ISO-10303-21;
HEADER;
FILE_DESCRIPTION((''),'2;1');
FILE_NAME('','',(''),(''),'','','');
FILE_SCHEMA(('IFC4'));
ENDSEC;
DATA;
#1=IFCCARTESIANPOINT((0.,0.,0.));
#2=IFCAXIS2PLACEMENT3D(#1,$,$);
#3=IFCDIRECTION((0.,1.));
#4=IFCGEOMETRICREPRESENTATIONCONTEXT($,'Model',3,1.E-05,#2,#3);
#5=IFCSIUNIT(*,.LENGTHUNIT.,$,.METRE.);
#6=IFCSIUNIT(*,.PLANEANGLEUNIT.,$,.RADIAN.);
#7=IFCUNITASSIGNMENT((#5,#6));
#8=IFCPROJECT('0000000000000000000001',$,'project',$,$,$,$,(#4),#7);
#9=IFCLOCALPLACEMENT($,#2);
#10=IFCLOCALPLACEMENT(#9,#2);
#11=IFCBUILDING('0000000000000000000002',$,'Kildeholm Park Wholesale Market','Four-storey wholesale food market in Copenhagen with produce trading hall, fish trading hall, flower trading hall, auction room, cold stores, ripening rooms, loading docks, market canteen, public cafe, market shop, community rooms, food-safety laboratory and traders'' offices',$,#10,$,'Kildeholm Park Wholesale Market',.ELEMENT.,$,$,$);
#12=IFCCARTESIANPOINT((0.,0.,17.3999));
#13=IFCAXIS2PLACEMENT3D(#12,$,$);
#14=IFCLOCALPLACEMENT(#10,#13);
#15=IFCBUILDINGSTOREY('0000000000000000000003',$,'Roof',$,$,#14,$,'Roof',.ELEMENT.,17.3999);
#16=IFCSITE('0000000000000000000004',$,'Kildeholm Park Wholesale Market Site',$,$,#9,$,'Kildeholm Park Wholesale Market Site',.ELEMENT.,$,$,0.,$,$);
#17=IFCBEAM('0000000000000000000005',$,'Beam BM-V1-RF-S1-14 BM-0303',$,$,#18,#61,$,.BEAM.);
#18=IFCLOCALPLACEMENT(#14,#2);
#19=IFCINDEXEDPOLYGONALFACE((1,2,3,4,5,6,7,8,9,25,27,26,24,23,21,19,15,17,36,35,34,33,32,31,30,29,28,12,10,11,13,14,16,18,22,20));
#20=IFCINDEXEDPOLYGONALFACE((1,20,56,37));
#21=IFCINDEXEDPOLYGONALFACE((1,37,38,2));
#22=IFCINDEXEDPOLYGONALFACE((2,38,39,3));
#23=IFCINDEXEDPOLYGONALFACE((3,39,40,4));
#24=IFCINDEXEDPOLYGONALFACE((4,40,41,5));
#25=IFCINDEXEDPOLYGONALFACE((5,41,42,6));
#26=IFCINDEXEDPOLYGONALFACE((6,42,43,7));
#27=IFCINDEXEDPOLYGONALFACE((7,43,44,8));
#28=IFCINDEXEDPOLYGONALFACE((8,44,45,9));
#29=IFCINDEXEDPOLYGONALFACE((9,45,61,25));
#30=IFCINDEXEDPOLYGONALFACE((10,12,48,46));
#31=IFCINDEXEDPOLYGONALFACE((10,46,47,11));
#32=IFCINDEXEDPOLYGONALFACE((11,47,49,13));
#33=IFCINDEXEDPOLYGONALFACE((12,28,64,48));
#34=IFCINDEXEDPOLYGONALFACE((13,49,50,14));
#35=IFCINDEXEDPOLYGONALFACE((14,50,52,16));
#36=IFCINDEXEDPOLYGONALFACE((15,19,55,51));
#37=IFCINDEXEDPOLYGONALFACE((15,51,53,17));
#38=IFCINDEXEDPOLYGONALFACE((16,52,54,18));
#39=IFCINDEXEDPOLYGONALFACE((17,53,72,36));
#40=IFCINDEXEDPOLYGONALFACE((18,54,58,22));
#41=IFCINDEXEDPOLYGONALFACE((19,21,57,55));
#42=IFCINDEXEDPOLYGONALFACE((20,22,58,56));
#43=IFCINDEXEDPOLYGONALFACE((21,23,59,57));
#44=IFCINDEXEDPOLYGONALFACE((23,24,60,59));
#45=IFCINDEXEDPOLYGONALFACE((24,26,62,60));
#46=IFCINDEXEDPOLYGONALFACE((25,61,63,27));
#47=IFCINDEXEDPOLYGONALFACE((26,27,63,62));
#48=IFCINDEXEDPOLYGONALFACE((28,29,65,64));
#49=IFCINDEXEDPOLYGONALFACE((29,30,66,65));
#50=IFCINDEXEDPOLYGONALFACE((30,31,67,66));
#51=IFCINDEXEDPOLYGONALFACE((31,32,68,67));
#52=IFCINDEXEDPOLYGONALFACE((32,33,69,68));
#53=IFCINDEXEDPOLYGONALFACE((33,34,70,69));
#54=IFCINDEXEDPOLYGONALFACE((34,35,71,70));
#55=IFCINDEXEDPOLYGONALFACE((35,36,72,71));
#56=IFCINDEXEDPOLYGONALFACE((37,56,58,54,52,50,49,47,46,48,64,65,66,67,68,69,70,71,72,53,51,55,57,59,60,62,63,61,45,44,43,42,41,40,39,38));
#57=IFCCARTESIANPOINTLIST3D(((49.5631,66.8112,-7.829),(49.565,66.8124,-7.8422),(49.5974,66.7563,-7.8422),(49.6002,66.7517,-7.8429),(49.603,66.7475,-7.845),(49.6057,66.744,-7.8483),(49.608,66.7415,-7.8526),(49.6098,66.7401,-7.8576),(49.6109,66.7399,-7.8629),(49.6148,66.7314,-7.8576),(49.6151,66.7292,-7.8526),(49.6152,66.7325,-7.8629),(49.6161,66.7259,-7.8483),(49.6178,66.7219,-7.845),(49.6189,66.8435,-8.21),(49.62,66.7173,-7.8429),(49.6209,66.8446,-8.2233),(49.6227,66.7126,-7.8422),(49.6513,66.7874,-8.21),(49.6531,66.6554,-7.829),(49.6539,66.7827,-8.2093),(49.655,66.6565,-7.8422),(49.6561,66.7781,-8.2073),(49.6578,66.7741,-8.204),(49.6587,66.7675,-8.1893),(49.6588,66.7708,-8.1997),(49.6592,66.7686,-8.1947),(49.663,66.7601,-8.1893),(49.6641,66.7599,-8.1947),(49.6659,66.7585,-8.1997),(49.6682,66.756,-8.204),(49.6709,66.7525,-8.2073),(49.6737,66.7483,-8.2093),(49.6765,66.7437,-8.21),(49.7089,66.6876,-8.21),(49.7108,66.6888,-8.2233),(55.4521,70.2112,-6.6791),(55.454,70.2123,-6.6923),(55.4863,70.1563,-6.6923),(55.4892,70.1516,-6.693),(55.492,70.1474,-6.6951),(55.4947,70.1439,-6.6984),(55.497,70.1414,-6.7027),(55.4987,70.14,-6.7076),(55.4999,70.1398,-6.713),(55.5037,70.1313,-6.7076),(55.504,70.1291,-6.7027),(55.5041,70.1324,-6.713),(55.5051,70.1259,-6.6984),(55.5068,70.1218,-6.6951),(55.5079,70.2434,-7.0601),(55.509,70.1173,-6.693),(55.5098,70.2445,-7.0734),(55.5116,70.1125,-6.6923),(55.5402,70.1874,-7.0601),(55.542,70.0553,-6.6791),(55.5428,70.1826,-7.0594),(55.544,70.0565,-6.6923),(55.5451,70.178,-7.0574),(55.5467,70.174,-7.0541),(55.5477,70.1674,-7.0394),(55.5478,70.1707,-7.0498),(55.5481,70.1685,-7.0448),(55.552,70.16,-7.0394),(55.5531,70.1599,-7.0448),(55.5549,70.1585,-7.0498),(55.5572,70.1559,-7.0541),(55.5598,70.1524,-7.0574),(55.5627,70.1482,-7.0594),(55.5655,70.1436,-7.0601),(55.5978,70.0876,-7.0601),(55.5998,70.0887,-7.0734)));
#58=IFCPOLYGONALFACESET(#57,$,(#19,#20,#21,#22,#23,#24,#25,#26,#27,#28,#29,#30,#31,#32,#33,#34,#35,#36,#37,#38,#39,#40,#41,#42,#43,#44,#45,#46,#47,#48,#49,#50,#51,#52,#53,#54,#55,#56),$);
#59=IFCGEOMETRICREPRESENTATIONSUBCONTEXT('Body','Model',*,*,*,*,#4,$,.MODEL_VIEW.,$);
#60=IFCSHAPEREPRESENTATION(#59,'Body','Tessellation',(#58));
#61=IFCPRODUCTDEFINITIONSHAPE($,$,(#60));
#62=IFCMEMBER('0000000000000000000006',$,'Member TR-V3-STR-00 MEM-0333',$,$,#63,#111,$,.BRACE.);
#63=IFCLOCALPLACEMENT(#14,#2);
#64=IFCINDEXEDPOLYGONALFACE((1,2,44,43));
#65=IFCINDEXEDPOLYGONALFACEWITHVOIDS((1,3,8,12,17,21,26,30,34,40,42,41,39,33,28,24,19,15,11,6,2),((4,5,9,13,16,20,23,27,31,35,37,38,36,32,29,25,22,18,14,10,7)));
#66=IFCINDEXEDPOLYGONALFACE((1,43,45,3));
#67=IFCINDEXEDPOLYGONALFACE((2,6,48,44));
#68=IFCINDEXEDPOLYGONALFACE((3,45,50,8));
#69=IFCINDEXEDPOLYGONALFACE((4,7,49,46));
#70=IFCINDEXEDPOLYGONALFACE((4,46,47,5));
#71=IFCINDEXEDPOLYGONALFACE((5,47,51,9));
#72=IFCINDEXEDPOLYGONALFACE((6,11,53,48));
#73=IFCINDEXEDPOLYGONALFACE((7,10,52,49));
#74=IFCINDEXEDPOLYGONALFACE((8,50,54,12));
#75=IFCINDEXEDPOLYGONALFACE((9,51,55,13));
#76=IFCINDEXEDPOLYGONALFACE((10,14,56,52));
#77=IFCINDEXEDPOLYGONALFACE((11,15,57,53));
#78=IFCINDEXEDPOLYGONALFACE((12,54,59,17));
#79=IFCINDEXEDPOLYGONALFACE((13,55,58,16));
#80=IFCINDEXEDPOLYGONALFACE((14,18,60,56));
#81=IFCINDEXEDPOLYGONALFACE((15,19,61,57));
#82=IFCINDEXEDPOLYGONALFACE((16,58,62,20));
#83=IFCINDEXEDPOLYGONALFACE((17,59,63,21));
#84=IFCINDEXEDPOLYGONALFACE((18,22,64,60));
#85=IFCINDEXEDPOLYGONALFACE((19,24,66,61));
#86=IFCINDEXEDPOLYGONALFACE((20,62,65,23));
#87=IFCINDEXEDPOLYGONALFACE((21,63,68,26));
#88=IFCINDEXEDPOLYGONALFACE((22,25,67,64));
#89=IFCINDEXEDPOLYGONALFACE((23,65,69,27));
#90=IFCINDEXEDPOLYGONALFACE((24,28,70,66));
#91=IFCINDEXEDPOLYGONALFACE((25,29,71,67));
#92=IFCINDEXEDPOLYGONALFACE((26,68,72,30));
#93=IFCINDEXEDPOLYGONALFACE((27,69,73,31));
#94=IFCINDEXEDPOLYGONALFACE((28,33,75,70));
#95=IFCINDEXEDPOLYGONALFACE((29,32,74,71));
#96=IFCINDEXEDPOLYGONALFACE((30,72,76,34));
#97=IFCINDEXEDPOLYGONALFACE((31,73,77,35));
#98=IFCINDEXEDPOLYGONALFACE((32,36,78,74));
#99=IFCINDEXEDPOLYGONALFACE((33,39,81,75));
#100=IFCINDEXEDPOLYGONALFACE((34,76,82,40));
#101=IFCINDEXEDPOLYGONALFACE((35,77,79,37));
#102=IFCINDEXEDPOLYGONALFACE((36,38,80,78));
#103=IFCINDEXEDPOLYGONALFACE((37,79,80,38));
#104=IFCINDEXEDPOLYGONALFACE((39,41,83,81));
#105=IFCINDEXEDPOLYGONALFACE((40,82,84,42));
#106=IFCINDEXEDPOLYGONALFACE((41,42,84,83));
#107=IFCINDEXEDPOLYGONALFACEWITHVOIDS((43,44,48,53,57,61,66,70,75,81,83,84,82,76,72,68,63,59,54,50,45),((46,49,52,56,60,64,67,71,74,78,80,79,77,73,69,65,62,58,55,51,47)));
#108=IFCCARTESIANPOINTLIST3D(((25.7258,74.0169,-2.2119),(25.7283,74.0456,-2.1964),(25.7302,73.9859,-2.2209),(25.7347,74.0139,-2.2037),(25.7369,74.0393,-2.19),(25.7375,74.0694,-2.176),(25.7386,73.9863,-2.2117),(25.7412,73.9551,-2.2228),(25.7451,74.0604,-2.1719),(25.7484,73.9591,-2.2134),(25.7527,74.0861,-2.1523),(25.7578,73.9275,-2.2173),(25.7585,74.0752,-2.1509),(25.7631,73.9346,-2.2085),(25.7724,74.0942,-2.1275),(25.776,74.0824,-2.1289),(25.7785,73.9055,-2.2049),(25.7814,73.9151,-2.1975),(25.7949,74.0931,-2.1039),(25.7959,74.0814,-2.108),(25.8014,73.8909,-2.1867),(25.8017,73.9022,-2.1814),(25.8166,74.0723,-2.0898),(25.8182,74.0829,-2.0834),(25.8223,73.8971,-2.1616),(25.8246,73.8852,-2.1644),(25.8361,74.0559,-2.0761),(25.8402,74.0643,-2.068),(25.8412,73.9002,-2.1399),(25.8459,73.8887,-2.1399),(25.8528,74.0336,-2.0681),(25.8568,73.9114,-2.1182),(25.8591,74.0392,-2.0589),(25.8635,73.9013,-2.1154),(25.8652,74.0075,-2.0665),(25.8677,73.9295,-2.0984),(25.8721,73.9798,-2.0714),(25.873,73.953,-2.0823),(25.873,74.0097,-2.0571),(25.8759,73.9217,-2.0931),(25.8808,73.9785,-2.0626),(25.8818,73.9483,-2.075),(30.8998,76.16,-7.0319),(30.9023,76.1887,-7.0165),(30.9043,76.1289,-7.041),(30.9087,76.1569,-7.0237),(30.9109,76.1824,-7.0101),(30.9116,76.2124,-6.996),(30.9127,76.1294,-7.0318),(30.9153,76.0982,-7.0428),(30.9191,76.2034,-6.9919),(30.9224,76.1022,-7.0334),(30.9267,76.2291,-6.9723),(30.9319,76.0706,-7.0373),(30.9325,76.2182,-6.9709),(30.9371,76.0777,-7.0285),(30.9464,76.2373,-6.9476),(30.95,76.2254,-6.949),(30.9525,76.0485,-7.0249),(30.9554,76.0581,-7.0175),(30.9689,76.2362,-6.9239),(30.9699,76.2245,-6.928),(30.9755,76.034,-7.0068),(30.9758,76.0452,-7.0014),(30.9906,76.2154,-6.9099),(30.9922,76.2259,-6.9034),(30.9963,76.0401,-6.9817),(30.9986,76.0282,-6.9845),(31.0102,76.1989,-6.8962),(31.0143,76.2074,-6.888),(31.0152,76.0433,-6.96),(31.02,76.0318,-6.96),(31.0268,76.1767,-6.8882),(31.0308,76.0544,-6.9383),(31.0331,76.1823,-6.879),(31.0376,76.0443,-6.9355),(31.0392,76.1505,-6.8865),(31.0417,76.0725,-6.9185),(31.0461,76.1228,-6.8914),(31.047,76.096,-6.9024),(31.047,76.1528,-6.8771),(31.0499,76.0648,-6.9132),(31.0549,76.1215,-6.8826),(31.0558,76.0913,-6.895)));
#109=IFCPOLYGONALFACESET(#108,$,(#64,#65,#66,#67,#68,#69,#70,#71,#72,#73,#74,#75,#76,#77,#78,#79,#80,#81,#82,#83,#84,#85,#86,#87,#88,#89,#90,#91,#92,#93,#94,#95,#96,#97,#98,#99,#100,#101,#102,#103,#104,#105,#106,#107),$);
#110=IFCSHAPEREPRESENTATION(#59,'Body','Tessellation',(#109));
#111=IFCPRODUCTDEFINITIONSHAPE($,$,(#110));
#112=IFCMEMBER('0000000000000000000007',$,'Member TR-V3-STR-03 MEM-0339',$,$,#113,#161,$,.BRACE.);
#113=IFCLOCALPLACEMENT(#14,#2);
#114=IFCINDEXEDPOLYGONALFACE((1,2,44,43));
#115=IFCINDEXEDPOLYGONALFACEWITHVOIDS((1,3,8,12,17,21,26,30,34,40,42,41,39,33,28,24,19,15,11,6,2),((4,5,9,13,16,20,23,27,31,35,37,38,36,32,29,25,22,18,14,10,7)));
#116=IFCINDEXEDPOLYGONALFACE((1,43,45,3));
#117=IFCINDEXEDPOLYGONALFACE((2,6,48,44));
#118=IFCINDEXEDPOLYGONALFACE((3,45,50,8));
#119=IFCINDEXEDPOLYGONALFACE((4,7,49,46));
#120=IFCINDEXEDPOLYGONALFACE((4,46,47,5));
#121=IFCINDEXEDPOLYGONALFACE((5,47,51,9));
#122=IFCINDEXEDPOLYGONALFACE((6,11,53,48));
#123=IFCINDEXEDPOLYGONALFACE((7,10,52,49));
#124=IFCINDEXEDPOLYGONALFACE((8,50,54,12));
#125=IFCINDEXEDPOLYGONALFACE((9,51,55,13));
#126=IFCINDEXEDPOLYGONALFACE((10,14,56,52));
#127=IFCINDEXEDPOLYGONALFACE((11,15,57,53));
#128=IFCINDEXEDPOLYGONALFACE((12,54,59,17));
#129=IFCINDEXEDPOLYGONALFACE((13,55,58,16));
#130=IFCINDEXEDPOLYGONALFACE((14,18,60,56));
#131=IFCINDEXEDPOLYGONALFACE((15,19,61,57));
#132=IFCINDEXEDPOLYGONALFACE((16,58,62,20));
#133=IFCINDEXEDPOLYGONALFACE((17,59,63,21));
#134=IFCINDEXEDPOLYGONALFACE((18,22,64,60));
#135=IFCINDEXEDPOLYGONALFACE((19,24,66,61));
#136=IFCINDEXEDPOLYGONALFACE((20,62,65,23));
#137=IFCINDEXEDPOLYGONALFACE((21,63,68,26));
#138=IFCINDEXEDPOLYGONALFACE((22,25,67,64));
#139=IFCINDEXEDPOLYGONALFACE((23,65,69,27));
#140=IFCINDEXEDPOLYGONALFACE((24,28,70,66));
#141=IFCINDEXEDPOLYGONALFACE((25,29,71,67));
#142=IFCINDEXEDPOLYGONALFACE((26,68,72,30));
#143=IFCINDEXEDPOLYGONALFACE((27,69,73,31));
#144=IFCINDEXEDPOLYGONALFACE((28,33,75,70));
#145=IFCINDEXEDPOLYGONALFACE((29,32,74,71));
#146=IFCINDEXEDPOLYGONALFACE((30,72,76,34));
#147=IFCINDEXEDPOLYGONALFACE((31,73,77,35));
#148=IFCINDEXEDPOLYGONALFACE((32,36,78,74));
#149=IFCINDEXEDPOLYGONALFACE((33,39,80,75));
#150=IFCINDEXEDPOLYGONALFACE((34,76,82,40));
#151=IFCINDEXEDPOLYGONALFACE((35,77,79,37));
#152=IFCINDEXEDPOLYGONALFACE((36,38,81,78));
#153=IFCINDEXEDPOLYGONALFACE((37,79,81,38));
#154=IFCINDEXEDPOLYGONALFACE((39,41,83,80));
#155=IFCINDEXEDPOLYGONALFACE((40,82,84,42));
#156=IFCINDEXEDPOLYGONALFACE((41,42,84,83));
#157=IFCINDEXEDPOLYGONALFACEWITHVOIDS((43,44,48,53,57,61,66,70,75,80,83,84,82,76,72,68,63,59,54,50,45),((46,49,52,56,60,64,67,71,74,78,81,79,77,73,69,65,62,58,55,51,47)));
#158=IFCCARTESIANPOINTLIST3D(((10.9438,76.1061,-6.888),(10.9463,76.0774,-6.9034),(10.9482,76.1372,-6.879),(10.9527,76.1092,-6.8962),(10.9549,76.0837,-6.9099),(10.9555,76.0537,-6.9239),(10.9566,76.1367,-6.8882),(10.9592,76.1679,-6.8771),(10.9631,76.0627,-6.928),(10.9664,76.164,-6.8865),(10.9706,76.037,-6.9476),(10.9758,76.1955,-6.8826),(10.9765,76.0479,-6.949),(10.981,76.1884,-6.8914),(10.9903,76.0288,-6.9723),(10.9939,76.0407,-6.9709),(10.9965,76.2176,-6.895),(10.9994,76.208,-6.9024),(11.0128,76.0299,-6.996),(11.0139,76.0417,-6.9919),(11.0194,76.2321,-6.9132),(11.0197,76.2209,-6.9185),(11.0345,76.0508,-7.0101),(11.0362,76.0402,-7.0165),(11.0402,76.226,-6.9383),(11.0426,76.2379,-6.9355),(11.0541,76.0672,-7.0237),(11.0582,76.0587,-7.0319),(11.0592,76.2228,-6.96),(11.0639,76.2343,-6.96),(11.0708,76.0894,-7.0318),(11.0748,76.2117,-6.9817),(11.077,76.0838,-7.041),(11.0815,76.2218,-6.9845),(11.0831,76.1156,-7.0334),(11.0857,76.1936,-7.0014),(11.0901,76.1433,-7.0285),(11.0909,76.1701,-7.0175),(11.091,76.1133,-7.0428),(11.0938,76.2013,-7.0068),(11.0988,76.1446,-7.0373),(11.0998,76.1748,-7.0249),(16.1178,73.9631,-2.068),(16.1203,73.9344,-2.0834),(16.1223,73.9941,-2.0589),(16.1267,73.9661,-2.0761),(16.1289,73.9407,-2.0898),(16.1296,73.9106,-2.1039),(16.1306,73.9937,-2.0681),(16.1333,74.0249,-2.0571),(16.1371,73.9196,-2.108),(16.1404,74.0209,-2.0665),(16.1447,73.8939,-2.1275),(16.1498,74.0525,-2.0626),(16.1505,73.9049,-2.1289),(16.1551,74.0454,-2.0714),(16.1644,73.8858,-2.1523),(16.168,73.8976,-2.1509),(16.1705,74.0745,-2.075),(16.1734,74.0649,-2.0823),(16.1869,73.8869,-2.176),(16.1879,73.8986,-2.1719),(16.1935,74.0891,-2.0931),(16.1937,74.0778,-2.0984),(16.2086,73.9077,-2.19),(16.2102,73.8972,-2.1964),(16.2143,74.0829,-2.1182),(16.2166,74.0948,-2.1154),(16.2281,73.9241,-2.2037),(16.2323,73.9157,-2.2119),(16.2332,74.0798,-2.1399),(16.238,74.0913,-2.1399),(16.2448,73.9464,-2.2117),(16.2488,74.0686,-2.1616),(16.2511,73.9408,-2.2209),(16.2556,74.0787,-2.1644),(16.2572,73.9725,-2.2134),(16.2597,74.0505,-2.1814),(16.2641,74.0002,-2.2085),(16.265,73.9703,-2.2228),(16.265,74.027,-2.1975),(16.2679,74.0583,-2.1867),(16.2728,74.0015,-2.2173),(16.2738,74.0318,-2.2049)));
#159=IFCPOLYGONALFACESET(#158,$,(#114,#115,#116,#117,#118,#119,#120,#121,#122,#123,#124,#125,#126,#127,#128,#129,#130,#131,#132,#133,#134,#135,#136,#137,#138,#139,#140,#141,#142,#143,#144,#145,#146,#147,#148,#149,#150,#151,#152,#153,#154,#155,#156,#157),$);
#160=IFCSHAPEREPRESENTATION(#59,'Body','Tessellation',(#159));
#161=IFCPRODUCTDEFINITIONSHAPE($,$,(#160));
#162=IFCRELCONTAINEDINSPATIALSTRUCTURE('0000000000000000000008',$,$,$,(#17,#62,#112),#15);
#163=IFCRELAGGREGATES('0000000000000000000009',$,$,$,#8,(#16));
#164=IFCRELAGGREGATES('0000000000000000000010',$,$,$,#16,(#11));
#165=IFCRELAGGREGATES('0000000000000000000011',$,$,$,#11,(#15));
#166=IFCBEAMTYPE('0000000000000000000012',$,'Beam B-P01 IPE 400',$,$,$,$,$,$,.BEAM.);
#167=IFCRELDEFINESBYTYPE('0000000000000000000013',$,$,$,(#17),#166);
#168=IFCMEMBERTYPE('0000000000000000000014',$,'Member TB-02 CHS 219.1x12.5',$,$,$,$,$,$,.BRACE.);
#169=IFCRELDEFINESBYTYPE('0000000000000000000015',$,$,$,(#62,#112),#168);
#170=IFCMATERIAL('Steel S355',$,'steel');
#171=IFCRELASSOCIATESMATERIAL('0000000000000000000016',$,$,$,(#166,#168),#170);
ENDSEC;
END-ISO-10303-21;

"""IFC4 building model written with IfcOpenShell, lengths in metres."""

from ifc_helpers import new_model, si_unit, direction, frame, origin, origin_2d, place, context, subcontext, project, spatial, hollow_circle, i_section, extrude, material, material_profile, profile_set, type_object, element, save


model = new_model("IFC4")

# Units and contexts
model_context = context("Model", 3, precision=1e-05, world=origin(), true_north=direction((0.0, 1.0)))
body_context = subcontext(model_context, "Body", "Model", "MODEL_VIEW")
ifc_project = project(units=[si_unit("LENGTHUNIT", "METRE"), si_unit("PLANEANGLEUNIT", "RADIAN")], contexts=[model_context])

# Site, building, storey
site_placement = place(None, origin())
site = spatial("IfcSite", under=ifc_project, at=site_placement, Name="Kildeholm Park Wholesale Market Site", LongName="Kildeholm Park Wholesale Market Site", CompositionType="ELEMENT", RefElevation=0.0)
building_placement = place(site_placement, origin())
building = spatial("IfcBuilding", under=site, at=building_placement, Name="Kildeholm Park Wholesale Market", Description="Four-storey wholesale food market in Copenhagen with produce trading hall, fish trading hall, flower trading hall, auction room, cold stores, ripening rooms, loading docks, market canteen, public cafe, market shop, community rooms, food-safety laboratory and traders' offices", LongName="Kildeholm Park Wholesale Market", CompositionType="ELEMENT")
storey_placement = place(building_placement, frame((0.0, 0.0, 17.3999)))
storey = spatial("IfcBuildingStorey", under=building, at=storey_placement, Name="Roof", LongName="Roof", CompositionType="ELEMENT", Elevation=17.3999)

# Beam
ifc_material_1 = material(Name="Steel S355", Category="steel")
ifc_material_profile_1 = material_profile(ifc_material_1, i_section(OverallWidth=0.1799, OverallDepth=0.3999, WebThickness=0.0085, FlangeThickness=0.0134, FilletRadius=0.021, at=origin_2d()), Name="IPE 400")
ifc_profile_set_1 = profile_set([ifc_material_profile_1], Name="Steel S355")
beam_type_1 = type_object("IfcBeamType", Name="Beam B-P01 IPE 400", PredefinedType="BEAM", material=ifc_profile_set_1)
beam_1_placement = place(storey_placement, frame((49.637, 66.75, -8.0261), z_axis=(0.853906, 0.492994, 0.166738), x_axis=(-0.499993, 0.86603, 0.0)))
element("IfcBeam", 1, at=beam_1_placement, inside=storey, type_object=beam_type_1, Name="Beam BM-V1-RF-S1-14 BM-0303", PredefinedType="BEAM", context=body_context, shape_type="SweptSolid", body=[
    extrude(i_section(OverallWidth=0.1799, OverallDepth=0.3999, WebThickness=0.0085, FlangeThickness=0.0134, FilletRadius=0.021, at=origin_2d()), origin(), (0.0, 0.0, 1.0), 6.8965),
])

# Members
ifc_material_profile_2 = material_profile(ifc_material_1, hollow_circle(Radius=0.1096, WallThickness=0.0125, at=origin_2d()), Name="CHS 219.1x12.5")
ifc_profile_set_2 = profile_set([ifc_material_profile_2], Name="Steel S355")
member_type_1 = type_object("IfcMemberType", Name="Member TB-02 CHS 219.1x12.5", PredefinedType="BRACE", material=ifc_profile_set_2)
for number, where, z_axis, x_axis, name in (
    (2, (30.978, 76.1331, -6.96), (-0.700243, -0.290036, 0.652333), (0.382668, -0.923886, 0.0), "Member TR-V3-STR-00 MEM-0333"),
    (3, (11.022, 76.1331, -6.96), (0.700243, -0.290036, 0.652333), (0.382668, 0.923886, 0.0), "Member TR-V3-STR-03 MEM-0339"),
):
    element("IfcMember", number, at=place(storey_placement, frame(where, z_axis=z_axis, x_axis=x_axis)), inside=storey, type_object=member_type_1, Name=name, PredefinedType="BRACE", context=body_context, shape_type="SweptSolid", body=[
        extrude(hollow_circle(Radius=0.1096, WallThickness=0.0125, at=origin_2d()), origin(), (0.0, 0.0, 1.0), 7.3889),
    ])

save(model, "model.ifc")
